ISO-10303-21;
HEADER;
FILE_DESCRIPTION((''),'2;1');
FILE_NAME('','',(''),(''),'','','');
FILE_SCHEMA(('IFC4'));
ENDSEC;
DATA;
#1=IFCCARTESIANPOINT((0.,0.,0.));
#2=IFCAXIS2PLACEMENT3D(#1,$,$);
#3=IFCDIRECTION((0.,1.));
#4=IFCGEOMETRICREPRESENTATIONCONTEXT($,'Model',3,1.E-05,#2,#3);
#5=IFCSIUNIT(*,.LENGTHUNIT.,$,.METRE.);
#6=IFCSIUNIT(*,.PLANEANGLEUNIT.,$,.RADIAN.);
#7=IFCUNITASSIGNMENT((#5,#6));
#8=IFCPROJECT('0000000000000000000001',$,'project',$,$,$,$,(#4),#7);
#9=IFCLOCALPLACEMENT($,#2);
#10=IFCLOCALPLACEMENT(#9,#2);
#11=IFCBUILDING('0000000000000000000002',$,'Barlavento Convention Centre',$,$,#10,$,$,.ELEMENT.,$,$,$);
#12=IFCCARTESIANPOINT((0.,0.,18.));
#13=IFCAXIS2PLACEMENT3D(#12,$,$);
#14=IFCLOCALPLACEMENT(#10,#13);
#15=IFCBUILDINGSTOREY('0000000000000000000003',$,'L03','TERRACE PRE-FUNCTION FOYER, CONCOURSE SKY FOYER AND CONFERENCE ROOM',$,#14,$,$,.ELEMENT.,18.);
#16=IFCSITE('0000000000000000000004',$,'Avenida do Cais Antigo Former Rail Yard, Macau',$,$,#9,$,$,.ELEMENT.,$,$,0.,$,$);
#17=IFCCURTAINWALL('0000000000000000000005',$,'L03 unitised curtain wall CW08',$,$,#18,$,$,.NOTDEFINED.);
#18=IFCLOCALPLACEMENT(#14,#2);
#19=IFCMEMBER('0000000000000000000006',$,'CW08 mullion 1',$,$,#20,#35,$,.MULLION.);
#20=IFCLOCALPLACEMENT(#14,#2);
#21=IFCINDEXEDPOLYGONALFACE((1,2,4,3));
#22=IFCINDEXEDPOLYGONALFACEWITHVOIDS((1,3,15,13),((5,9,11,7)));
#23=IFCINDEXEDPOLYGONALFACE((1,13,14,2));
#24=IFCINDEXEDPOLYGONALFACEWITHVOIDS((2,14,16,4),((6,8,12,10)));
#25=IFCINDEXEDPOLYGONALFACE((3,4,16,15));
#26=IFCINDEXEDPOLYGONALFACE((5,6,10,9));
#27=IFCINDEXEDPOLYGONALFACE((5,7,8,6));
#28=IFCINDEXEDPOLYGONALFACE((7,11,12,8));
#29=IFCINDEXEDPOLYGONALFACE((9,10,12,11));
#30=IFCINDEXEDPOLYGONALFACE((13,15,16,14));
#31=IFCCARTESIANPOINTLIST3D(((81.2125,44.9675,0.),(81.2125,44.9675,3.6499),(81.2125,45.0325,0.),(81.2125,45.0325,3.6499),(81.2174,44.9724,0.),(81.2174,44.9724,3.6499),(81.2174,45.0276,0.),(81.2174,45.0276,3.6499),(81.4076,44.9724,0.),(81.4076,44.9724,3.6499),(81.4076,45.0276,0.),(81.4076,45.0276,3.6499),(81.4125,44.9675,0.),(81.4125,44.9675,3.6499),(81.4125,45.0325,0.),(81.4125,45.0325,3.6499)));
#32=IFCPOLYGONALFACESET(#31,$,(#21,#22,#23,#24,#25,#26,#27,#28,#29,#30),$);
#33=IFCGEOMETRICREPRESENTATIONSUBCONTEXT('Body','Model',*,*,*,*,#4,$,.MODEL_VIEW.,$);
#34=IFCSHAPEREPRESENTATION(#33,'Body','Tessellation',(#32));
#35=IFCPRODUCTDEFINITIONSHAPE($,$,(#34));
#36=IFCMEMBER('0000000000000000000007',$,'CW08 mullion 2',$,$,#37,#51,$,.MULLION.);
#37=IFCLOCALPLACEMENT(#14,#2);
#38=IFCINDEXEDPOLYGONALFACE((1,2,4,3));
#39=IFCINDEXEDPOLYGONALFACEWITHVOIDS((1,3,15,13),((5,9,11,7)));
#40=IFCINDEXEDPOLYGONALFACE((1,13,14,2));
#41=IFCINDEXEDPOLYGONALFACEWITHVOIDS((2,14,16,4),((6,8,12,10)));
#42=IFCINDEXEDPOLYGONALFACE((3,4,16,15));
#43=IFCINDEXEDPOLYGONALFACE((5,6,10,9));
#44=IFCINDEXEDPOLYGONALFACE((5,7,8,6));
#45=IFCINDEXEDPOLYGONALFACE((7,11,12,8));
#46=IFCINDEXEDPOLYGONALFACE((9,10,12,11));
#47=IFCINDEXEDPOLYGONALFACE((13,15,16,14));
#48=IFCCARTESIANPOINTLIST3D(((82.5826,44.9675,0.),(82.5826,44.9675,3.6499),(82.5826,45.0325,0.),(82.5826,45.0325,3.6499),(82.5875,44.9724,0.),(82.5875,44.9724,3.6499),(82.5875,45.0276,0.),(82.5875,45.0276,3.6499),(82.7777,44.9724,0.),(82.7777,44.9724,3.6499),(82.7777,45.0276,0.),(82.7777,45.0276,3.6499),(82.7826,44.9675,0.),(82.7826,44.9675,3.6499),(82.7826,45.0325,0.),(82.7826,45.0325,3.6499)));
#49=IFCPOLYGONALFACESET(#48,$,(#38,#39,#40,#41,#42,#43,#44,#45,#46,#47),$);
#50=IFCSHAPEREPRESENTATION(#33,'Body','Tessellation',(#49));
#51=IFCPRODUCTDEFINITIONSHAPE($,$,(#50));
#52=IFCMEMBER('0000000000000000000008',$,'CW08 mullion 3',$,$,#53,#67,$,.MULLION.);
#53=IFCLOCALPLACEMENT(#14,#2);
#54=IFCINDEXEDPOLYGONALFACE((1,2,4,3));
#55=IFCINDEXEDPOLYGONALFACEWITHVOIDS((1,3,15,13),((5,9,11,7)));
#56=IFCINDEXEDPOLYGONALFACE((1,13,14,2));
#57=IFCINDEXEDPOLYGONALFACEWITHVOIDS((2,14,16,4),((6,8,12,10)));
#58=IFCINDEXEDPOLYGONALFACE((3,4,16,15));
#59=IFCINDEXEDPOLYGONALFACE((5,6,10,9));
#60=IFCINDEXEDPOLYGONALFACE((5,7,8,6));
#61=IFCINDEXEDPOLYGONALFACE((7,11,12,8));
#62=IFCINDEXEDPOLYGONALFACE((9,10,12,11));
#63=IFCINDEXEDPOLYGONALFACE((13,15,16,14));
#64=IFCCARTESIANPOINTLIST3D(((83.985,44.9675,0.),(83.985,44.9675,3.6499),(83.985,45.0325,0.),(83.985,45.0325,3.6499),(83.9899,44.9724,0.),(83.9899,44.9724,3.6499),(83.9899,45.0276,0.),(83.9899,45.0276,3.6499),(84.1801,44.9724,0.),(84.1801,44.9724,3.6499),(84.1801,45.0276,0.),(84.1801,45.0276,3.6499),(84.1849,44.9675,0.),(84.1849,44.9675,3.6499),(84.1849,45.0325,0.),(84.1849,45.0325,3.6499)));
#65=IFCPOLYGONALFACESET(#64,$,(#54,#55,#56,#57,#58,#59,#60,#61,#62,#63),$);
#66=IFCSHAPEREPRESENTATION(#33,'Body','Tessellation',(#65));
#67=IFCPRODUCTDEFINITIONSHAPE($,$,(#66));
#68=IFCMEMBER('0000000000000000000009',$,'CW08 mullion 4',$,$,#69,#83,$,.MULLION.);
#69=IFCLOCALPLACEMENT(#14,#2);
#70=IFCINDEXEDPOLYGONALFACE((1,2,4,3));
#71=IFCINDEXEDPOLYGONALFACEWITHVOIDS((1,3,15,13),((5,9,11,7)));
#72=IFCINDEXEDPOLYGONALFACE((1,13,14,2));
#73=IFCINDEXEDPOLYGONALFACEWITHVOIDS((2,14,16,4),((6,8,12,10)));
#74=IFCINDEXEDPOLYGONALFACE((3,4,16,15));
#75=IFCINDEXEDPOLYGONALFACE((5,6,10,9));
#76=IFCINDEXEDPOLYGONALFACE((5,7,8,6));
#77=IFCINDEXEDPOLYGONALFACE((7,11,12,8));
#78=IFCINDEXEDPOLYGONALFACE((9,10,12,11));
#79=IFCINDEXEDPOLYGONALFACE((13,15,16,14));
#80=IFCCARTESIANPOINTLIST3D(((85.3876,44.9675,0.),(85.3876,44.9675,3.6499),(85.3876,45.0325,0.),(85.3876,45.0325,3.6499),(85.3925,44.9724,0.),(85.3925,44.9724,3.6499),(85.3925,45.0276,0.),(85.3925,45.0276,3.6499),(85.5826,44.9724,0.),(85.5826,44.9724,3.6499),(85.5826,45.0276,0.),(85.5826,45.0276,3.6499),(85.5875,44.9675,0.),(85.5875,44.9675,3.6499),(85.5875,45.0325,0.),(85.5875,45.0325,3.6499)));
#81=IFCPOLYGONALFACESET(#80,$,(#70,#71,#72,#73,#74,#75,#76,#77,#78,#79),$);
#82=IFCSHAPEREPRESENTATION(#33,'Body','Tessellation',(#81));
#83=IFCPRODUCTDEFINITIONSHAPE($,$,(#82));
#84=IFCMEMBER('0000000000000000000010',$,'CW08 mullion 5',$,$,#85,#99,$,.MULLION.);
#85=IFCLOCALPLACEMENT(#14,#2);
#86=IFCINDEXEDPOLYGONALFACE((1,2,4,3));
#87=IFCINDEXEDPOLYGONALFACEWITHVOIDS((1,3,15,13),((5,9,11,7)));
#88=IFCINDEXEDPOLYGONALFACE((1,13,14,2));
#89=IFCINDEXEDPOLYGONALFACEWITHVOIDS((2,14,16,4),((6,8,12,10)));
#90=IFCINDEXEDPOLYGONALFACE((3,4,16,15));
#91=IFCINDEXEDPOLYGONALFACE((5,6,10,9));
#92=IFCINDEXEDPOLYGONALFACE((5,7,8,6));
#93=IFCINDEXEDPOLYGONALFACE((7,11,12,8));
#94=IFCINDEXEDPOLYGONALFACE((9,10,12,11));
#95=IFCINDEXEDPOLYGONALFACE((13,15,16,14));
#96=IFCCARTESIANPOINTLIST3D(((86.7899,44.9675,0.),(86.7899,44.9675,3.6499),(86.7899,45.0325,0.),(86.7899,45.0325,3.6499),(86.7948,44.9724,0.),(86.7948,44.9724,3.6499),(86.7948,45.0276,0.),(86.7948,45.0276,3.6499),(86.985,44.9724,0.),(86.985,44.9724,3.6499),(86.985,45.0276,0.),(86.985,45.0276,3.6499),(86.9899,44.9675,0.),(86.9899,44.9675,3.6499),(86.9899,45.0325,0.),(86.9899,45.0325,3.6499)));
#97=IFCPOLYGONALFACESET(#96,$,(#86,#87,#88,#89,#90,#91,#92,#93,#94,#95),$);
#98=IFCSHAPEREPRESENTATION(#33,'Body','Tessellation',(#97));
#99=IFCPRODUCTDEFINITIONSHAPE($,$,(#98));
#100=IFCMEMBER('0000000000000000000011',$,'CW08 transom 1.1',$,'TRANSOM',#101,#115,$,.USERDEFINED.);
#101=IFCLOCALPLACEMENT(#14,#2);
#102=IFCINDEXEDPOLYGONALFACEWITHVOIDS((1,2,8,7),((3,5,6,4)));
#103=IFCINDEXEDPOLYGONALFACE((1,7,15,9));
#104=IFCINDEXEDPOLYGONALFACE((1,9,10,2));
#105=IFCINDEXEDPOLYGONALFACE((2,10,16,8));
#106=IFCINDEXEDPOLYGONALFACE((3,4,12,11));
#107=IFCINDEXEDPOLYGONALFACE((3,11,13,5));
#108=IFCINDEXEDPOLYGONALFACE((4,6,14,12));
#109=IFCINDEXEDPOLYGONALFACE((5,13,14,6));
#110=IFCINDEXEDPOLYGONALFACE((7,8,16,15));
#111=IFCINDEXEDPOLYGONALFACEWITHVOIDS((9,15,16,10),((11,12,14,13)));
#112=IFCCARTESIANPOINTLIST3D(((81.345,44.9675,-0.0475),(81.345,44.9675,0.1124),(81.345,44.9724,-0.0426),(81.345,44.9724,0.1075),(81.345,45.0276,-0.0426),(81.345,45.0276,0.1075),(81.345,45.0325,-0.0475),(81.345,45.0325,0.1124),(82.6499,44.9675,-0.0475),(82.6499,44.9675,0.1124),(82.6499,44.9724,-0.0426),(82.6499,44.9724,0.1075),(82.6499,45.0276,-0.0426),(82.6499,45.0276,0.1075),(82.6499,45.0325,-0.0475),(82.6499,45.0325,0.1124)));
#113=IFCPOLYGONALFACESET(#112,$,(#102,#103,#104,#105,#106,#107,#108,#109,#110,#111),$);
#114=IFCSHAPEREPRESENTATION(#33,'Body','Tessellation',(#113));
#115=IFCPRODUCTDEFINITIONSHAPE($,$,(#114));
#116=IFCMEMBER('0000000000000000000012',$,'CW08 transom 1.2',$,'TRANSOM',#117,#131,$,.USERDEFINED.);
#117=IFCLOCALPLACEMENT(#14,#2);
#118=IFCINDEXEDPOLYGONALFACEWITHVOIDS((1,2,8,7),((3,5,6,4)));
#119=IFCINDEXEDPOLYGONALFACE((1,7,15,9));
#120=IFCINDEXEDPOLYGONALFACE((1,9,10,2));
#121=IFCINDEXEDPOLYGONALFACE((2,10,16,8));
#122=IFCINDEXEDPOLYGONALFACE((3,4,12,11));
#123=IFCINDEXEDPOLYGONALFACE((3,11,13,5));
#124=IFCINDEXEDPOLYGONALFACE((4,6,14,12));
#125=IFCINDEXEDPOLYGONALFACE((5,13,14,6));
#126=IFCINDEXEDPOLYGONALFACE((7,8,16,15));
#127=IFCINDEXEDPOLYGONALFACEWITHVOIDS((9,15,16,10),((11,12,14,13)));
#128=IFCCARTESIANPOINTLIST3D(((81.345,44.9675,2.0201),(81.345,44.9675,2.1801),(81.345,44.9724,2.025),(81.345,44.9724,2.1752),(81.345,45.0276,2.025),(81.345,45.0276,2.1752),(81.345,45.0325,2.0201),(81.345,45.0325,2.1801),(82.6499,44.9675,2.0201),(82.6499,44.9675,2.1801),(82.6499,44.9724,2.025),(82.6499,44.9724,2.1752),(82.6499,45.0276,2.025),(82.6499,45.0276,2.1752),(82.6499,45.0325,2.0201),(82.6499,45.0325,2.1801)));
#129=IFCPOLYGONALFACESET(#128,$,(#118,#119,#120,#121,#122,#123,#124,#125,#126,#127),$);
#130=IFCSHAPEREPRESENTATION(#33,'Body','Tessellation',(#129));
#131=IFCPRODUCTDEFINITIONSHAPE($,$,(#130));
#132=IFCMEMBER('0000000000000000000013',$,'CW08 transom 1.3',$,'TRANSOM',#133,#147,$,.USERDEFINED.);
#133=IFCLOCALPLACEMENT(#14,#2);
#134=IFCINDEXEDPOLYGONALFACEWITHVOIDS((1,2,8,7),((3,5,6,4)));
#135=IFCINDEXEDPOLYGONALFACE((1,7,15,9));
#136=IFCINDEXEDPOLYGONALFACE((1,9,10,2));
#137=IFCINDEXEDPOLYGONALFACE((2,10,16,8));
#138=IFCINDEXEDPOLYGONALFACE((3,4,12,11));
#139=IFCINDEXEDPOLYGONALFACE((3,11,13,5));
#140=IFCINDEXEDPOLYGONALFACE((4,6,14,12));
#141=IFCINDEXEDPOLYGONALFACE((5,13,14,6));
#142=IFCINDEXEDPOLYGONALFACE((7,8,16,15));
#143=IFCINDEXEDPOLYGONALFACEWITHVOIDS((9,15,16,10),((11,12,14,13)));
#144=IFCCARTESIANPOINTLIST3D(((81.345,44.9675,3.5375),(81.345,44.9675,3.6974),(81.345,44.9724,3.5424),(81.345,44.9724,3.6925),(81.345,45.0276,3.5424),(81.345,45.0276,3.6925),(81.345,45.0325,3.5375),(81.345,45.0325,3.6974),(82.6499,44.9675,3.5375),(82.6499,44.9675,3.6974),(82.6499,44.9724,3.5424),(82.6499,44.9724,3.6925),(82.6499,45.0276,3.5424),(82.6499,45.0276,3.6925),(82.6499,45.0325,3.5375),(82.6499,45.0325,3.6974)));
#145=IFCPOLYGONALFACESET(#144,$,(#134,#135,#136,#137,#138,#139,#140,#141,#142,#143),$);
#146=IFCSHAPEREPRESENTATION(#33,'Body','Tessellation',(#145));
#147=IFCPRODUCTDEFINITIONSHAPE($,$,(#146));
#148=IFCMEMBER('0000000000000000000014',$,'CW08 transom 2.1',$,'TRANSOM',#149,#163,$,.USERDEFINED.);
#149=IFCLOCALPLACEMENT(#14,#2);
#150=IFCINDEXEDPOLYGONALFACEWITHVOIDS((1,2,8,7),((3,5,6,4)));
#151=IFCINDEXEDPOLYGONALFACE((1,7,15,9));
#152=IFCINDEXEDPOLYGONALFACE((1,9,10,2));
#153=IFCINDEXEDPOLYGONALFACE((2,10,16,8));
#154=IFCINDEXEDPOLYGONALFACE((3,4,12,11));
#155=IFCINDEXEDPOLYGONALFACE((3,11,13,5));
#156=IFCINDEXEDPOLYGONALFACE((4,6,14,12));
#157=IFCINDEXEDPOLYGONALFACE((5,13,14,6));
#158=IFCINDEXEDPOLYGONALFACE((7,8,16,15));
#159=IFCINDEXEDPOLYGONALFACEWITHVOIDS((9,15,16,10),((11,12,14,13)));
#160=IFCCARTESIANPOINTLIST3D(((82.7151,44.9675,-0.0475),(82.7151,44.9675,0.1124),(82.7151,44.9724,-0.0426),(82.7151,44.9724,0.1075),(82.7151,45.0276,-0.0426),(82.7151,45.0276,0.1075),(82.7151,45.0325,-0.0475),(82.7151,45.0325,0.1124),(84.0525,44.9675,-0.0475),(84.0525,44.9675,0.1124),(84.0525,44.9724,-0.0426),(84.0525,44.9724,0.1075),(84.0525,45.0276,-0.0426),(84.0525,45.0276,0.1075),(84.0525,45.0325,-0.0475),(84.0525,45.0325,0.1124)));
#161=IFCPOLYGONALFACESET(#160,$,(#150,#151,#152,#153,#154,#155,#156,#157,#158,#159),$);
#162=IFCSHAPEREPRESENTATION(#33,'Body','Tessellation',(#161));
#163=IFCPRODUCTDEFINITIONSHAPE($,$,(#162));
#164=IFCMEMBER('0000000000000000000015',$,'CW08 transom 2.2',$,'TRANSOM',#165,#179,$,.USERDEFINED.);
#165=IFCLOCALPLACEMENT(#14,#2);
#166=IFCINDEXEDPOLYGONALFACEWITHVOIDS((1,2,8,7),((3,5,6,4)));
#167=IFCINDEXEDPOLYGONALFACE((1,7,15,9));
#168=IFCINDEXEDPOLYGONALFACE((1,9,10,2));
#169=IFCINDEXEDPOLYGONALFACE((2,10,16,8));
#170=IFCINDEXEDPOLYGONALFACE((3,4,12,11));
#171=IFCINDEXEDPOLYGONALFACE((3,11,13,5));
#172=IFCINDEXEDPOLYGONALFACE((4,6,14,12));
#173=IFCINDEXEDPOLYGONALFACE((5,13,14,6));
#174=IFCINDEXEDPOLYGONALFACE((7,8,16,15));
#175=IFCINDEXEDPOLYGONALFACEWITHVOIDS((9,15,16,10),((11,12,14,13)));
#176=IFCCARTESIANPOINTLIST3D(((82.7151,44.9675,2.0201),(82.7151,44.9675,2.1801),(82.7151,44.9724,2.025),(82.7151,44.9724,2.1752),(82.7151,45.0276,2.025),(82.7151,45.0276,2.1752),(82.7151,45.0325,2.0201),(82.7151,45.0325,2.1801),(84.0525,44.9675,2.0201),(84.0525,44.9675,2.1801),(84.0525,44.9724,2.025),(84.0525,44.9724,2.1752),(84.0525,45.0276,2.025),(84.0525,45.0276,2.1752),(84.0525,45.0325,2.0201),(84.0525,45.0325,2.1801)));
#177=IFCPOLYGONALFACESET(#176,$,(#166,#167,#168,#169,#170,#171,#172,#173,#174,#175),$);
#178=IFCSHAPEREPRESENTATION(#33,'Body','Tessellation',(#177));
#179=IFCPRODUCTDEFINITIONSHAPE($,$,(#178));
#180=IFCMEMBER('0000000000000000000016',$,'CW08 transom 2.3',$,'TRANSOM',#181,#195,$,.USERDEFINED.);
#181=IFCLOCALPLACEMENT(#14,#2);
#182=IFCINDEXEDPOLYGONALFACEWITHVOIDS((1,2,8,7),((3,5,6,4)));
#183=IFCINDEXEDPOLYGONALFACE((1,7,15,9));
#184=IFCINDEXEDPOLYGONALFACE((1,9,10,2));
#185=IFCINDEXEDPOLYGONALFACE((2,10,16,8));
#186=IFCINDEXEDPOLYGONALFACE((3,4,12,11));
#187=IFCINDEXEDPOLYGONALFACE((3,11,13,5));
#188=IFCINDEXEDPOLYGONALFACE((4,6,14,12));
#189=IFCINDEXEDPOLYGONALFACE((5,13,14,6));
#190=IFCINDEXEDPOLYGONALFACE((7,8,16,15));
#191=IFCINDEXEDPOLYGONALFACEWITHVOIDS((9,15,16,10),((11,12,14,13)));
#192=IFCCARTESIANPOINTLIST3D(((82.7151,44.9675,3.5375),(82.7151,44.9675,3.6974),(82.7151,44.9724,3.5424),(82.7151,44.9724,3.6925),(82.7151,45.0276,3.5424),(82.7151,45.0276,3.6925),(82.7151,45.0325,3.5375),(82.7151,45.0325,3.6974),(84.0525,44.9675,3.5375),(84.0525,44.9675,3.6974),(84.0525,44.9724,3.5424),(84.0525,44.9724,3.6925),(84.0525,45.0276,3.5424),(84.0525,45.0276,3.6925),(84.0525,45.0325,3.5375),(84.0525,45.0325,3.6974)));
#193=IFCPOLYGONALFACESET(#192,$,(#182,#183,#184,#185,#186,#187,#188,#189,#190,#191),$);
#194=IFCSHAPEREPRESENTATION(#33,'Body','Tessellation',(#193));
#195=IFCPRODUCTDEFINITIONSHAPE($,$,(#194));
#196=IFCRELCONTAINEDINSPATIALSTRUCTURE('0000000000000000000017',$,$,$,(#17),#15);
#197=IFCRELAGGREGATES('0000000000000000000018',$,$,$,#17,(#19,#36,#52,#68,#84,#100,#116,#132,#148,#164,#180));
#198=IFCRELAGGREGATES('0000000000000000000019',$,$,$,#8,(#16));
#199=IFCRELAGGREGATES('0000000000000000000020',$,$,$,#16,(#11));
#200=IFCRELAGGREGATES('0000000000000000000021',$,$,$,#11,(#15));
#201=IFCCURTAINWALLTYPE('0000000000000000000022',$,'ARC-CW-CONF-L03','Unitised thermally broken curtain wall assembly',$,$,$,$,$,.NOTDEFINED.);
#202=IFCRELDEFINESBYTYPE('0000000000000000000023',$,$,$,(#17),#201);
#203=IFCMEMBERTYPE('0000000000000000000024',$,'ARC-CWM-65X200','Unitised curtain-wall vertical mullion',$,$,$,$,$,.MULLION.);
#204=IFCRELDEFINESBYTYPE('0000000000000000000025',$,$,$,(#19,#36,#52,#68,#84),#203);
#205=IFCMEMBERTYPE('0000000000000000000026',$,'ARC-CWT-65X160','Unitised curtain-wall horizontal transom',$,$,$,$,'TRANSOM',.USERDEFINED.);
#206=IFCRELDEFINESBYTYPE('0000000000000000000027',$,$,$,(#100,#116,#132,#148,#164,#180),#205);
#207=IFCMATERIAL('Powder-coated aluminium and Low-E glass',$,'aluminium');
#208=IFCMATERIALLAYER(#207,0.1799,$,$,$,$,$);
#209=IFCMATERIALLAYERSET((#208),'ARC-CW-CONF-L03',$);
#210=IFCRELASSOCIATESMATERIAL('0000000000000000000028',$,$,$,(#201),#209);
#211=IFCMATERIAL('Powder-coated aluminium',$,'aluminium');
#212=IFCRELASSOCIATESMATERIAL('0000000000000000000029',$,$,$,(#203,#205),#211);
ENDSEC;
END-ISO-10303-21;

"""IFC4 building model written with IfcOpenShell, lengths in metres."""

from ifc_helpers import new_model, si_unit, direction, frame, origin, origin_2d, place, context, subcontext, project, spatial, hollow_rectangle, extrude, material, layer, layer_set, material_profile, profile_set, type_object, element, aggregate, save


model = new_model("IFC4")

# Units and contexts
model_context = context("Model", 3, precision=1e-05, world=origin(), true_north=direction((0.0, 1.0)))
body_context = subcontext(model_context, "Body", "Model", "MODEL_VIEW")
ifc_project = project(units=[si_unit("LENGTHUNIT", "METRE"), si_unit("PLANEANGLEUNIT", "RADIAN")], contexts=[model_context])

# Site, building, storey
site_placement = place(None, origin())
site = spatial("IfcSite", under=ifc_project, at=site_placement, Name="Avenida do Cais Antigo Former Rail Yard, Macau", CompositionType="ELEMENT", RefElevation=0.0)
building_placement = place(site_placement, origin())
building = spatial("IfcBuilding", under=site, at=building_placement, Name="Barlavento Convention Centre", CompositionType="ELEMENT")
storey_placement = place(building_placement, frame((0.0, 0.0, 18.0)))
storey = spatial("IfcBuildingStorey", under=building, at=storey_placement, Name="L03", Description="TERRACE PRE-FUNCTION FOYER, CONCOURSE SKY FOYER AND CONFERENCE ROOM", CompositionType="ELEMENT", Elevation=18.0)

# Curtain wall, members
ifc_material_1 = material(Name="Powder-coated aluminium and Low-E glass", Category="aluminium")
ifc_layer_1 = layer(ifc_material_1, 0.1799)
ifc_layer_set_1 = layer_set([ifc_layer_1], Name="ARC-CW-CONF-L03")
curtain_wall_type = type_object("IfcCurtainWallType", Name="ARC-CW-CONF-L03", Description="Unitised thermally broken curtain wall assembly", PredefinedType="NOTDEFINED", material=ifc_layer_set_1)
curtain_wall_placement = place(storey_placement, origin())
curtain_wall = element("IfcCurtainWall", 1, at=curtain_wall_placement, inside=storey, type_object=curtain_wall_type, Name="L03 unitised curtain wall CW08", PredefinedType="NOTDEFINED")
ifc_material_2 = material(Name="Powder-coated aluminium", Category="aluminium")
ifc_material_profile_1 = material_profile(ifc_material_2, hollow_rectangle(XDim=0.0649, YDim=0.2, WallThickness=0.0049, at=origin_2d()), Name="AL-MULL 65x200x5")
ifc_profile_set_1 = profile_set([ifc_material_profile_1], Name="Powder-coated aluminium")
member_type_1 = type_object("IfcMemberType", Name="ARC-CWM-65X200", Description="Unitised curtain-wall vertical mullion", PredefinedType="MULLION", material=ifc_profile_set_1)
member_1_placement = place(storey_placement, frame((81.3125, 45.0, 0.0), z_axis=(0.0, 0.0, 1.0), x_axis=(0.0, 1.0, 0.0)))
member_1 = element("IfcMember", 2, at=member_1_placement, type_object=member_type_1, Name="CW08 mullion 1", PredefinedType="MULLION", context=body_context, shape_type="SweptSolid", body=[
    extrude(hollow_rectangle(XDim=0.0649, YDim=0.2, WallThickness=0.0049, at=origin_2d()), origin(), (0.0, 0.0, 1.0), 3.6499),
])
member_2_placement = place(storey_placement, frame((82.6826, 45.0, 0.0), z_axis=(0.0, 0.0, 1.0), x_axis=(0.0, 1.0, 0.0)))
member_2 = element("IfcMember", 3, at=member_2_placement, type_object=member_type_1, Name="CW08 mullion 2", PredefinedType="MULLION", context=body_context, shape_type="SweptSolid", body=[
    extrude(hollow_rectangle(XDim=0.0649, YDim=0.2, WallThickness=0.0049, at=origin_2d()), origin(), (0.0, 0.0, 1.0), 3.6499),
])
member_3_placement = place(storey_placement, frame((84.085, 45.0, 0.0), z_axis=(0.0, 0.0, 1.0), x_axis=(0.0, 1.0, 0.0)))
member_3 = element("IfcMember", 4, at=member_3_placement, type_object=member_type_1, Name="CW08 mullion 3", PredefinedType="MULLION", context=body_context, shape_type="SweptSolid", body=[
    extrude(hollow_rectangle(XDim=0.0649, YDim=0.2, WallThickness=0.0049, at=origin_2d()), origin(), (0.0, 0.0, 1.0), 3.6499),
])
member_4_placement = place(storey_placement, frame((85.4875, 45.0, 0.0), z_axis=(0.0, 0.0, 1.0), x_axis=(0.0, 1.0, 0.0)))
member_4 = element("IfcMember", 5, at=member_4_placement, type_object=member_type_1, Name="CW08 mullion 4", PredefinedType="MULLION", context=body_context, shape_type="SweptSolid", body=[
    extrude(hollow_rectangle(XDim=0.0649, YDim=0.2, WallThickness=0.0049, at=origin_2d()), origin(), (0.0, 0.0, 1.0), 3.6499),
])
member_5_placement = place(storey_placement, frame((86.8899, 45.0, 0.0), z_axis=(0.0, 0.0, 1.0), x_axis=(0.0, 1.0, 0.0)))
member_5 = element("IfcMember", 6, at=member_5_placement, type_object=member_type_1, Name="CW08 mullion 5", PredefinedType="MULLION", context=body_context, shape_type="SweptSolid", body=[
    extrude(hollow_rectangle(XDim=0.0649, YDim=0.2, WallThickness=0.0049, at=origin_2d()), origin(), (0.0, 0.0, 1.0), 3.6499),
])
ifc_material_profile_2 = material_profile(ifc_material_2, hollow_rectangle(XDim=0.0649, YDim=0.1599, WallThickness=0.0049, at=origin_2d()), Name="AL-TRAN 65x160x5")
ifc_profile_set_2 = profile_set([ifc_material_profile_2], Name="Powder-coated aluminium")
member_type_2 = type_object("IfcMemberType", Name="ARC-CWT-65X160", Description="Unitised curtain-wall horizontal transom", ElementType="TRANSOM", PredefinedType="USERDEFINED", material=ifc_profile_set_2)
member_6_placement = place(storey_placement, frame((81.345, 45.0, 0.0325), z_axis=(1.0, 0.0, 0.0), x_axis=(0.0, 1.0, 0.0)))
member_6 = element("IfcMember", 7, at=member_6_placement, type_object=member_type_2, Name="CW08 transom 1.1", ObjectType="TRANSOM", PredefinedType="USERDEFINED", context=body_context, shape_type="SweptSolid", body=[
    extrude(hollow_rectangle(XDim=0.0649, YDim=0.1599, WallThickness=0.0049, at=origin_2d()), origin(), (0.0, 0.0, 1.0), 1.3049),
])
member_7_placement = place(storey_placement, frame((81.345, 45.0, 2.1001), z_axis=(1.0, 0.0, 0.0), x_axis=(0.0, 1.0, 0.0)))
member_7 = element("IfcMember", 8, at=member_7_placement, type_object=member_type_2, Name="CW08 transom 1.2", ObjectType="TRANSOM", PredefinedType="USERDEFINED", context=body_context, shape_type="SweptSolid", body=[
    extrude(hollow_rectangle(XDim=0.0649, YDim=0.1599, WallThickness=0.0049, at=origin_2d()), origin(), (0.0, 0.0, 1.0), 1.3049),
])
member_8_placement = place(storey_placement, frame((81.345, 45.0, 3.6174), z_axis=(1.0, 0.0, 0.0), x_axis=(0.0, 1.0, 0.0)))
member_8 = element("IfcMember", 9, at=member_8_placement, type_object=member_type_2, Name="CW08 transom 1.3", ObjectType="TRANSOM", PredefinedType="USERDEFINED", context=body_context, shape_type="SweptSolid", body=[
    extrude(hollow_rectangle(XDim=0.0649, YDim=0.1599, WallThickness=0.0049, at=origin_2d()), origin(), (0.0, 0.0, 1.0), 1.3049),
])
member_9_placement = place(storey_placement, frame((82.7151, 45.0, 0.0325), z_axis=(1.0, 0.0, 0.0), x_axis=(0.0, 1.0, 0.0)))
member_9 = element("IfcMember", 10, at=member_9_placement, type_object=member_type_2, Name="CW08 transom 2.1", ObjectType="TRANSOM", PredefinedType="USERDEFINED", context=body_context, shape_type="SweptSolid", body=[
    extrude(hollow_rectangle(XDim=0.0649, YDim=0.1599, WallThickness=0.0049, at=origin_2d()), origin(), (0.0, 0.0, 1.0), 1.3374),
])
member_10_placement = place(storey_placement, frame((82.7151, 45.0, 2.1001), z_axis=(1.0, 0.0, 0.0), x_axis=(0.0, 1.0, 0.0)))
member_10 = element("IfcMember", 11, at=member_10_placement, type_object=member_type_2, Name="CW08 transom 2.2", ObjectType="TRANSOM", PredefinedType="USERDEFINED", context=body_context, shape_type="SweptSolid", body=[
    extrude(hollow_rectangle(XDim=0.0649, YDim=0.1599, WallThickness=0.0049, at=origin_2d()), origin(), (0.0, 0.0, 1.0), 1.3374),
])
member_11_placement = place(storey_placement, frame((82.7151, 45.0, 3.6174), z_axis=(1.0, 0.0, 0.0), x_axis=(0.0, 1.0, 0.0)))
member_11 = element("IfcMember", 12, at=member_11_placement, type_object=member_type_2, Name="CW08 transom 2.3", ObjectType="TRANSOM", PredefinedType="USERDEFINED", context=body_context, shape_type="SweptSolid", body=[
    extrude(hollow_rectangle(XDim=0.0649, YDim=0.1599, WallThickness=0.0049, at=origin_2d()), origin(), (0.0, 0.0, 1.0), 1.3374),
])
aggregate(curtain_wall, [member_1, member_2, member_3, member_4, member_5, member_6, member_7, member_8, member_9, member_10, member_11])

save(model, "model.ifc")
